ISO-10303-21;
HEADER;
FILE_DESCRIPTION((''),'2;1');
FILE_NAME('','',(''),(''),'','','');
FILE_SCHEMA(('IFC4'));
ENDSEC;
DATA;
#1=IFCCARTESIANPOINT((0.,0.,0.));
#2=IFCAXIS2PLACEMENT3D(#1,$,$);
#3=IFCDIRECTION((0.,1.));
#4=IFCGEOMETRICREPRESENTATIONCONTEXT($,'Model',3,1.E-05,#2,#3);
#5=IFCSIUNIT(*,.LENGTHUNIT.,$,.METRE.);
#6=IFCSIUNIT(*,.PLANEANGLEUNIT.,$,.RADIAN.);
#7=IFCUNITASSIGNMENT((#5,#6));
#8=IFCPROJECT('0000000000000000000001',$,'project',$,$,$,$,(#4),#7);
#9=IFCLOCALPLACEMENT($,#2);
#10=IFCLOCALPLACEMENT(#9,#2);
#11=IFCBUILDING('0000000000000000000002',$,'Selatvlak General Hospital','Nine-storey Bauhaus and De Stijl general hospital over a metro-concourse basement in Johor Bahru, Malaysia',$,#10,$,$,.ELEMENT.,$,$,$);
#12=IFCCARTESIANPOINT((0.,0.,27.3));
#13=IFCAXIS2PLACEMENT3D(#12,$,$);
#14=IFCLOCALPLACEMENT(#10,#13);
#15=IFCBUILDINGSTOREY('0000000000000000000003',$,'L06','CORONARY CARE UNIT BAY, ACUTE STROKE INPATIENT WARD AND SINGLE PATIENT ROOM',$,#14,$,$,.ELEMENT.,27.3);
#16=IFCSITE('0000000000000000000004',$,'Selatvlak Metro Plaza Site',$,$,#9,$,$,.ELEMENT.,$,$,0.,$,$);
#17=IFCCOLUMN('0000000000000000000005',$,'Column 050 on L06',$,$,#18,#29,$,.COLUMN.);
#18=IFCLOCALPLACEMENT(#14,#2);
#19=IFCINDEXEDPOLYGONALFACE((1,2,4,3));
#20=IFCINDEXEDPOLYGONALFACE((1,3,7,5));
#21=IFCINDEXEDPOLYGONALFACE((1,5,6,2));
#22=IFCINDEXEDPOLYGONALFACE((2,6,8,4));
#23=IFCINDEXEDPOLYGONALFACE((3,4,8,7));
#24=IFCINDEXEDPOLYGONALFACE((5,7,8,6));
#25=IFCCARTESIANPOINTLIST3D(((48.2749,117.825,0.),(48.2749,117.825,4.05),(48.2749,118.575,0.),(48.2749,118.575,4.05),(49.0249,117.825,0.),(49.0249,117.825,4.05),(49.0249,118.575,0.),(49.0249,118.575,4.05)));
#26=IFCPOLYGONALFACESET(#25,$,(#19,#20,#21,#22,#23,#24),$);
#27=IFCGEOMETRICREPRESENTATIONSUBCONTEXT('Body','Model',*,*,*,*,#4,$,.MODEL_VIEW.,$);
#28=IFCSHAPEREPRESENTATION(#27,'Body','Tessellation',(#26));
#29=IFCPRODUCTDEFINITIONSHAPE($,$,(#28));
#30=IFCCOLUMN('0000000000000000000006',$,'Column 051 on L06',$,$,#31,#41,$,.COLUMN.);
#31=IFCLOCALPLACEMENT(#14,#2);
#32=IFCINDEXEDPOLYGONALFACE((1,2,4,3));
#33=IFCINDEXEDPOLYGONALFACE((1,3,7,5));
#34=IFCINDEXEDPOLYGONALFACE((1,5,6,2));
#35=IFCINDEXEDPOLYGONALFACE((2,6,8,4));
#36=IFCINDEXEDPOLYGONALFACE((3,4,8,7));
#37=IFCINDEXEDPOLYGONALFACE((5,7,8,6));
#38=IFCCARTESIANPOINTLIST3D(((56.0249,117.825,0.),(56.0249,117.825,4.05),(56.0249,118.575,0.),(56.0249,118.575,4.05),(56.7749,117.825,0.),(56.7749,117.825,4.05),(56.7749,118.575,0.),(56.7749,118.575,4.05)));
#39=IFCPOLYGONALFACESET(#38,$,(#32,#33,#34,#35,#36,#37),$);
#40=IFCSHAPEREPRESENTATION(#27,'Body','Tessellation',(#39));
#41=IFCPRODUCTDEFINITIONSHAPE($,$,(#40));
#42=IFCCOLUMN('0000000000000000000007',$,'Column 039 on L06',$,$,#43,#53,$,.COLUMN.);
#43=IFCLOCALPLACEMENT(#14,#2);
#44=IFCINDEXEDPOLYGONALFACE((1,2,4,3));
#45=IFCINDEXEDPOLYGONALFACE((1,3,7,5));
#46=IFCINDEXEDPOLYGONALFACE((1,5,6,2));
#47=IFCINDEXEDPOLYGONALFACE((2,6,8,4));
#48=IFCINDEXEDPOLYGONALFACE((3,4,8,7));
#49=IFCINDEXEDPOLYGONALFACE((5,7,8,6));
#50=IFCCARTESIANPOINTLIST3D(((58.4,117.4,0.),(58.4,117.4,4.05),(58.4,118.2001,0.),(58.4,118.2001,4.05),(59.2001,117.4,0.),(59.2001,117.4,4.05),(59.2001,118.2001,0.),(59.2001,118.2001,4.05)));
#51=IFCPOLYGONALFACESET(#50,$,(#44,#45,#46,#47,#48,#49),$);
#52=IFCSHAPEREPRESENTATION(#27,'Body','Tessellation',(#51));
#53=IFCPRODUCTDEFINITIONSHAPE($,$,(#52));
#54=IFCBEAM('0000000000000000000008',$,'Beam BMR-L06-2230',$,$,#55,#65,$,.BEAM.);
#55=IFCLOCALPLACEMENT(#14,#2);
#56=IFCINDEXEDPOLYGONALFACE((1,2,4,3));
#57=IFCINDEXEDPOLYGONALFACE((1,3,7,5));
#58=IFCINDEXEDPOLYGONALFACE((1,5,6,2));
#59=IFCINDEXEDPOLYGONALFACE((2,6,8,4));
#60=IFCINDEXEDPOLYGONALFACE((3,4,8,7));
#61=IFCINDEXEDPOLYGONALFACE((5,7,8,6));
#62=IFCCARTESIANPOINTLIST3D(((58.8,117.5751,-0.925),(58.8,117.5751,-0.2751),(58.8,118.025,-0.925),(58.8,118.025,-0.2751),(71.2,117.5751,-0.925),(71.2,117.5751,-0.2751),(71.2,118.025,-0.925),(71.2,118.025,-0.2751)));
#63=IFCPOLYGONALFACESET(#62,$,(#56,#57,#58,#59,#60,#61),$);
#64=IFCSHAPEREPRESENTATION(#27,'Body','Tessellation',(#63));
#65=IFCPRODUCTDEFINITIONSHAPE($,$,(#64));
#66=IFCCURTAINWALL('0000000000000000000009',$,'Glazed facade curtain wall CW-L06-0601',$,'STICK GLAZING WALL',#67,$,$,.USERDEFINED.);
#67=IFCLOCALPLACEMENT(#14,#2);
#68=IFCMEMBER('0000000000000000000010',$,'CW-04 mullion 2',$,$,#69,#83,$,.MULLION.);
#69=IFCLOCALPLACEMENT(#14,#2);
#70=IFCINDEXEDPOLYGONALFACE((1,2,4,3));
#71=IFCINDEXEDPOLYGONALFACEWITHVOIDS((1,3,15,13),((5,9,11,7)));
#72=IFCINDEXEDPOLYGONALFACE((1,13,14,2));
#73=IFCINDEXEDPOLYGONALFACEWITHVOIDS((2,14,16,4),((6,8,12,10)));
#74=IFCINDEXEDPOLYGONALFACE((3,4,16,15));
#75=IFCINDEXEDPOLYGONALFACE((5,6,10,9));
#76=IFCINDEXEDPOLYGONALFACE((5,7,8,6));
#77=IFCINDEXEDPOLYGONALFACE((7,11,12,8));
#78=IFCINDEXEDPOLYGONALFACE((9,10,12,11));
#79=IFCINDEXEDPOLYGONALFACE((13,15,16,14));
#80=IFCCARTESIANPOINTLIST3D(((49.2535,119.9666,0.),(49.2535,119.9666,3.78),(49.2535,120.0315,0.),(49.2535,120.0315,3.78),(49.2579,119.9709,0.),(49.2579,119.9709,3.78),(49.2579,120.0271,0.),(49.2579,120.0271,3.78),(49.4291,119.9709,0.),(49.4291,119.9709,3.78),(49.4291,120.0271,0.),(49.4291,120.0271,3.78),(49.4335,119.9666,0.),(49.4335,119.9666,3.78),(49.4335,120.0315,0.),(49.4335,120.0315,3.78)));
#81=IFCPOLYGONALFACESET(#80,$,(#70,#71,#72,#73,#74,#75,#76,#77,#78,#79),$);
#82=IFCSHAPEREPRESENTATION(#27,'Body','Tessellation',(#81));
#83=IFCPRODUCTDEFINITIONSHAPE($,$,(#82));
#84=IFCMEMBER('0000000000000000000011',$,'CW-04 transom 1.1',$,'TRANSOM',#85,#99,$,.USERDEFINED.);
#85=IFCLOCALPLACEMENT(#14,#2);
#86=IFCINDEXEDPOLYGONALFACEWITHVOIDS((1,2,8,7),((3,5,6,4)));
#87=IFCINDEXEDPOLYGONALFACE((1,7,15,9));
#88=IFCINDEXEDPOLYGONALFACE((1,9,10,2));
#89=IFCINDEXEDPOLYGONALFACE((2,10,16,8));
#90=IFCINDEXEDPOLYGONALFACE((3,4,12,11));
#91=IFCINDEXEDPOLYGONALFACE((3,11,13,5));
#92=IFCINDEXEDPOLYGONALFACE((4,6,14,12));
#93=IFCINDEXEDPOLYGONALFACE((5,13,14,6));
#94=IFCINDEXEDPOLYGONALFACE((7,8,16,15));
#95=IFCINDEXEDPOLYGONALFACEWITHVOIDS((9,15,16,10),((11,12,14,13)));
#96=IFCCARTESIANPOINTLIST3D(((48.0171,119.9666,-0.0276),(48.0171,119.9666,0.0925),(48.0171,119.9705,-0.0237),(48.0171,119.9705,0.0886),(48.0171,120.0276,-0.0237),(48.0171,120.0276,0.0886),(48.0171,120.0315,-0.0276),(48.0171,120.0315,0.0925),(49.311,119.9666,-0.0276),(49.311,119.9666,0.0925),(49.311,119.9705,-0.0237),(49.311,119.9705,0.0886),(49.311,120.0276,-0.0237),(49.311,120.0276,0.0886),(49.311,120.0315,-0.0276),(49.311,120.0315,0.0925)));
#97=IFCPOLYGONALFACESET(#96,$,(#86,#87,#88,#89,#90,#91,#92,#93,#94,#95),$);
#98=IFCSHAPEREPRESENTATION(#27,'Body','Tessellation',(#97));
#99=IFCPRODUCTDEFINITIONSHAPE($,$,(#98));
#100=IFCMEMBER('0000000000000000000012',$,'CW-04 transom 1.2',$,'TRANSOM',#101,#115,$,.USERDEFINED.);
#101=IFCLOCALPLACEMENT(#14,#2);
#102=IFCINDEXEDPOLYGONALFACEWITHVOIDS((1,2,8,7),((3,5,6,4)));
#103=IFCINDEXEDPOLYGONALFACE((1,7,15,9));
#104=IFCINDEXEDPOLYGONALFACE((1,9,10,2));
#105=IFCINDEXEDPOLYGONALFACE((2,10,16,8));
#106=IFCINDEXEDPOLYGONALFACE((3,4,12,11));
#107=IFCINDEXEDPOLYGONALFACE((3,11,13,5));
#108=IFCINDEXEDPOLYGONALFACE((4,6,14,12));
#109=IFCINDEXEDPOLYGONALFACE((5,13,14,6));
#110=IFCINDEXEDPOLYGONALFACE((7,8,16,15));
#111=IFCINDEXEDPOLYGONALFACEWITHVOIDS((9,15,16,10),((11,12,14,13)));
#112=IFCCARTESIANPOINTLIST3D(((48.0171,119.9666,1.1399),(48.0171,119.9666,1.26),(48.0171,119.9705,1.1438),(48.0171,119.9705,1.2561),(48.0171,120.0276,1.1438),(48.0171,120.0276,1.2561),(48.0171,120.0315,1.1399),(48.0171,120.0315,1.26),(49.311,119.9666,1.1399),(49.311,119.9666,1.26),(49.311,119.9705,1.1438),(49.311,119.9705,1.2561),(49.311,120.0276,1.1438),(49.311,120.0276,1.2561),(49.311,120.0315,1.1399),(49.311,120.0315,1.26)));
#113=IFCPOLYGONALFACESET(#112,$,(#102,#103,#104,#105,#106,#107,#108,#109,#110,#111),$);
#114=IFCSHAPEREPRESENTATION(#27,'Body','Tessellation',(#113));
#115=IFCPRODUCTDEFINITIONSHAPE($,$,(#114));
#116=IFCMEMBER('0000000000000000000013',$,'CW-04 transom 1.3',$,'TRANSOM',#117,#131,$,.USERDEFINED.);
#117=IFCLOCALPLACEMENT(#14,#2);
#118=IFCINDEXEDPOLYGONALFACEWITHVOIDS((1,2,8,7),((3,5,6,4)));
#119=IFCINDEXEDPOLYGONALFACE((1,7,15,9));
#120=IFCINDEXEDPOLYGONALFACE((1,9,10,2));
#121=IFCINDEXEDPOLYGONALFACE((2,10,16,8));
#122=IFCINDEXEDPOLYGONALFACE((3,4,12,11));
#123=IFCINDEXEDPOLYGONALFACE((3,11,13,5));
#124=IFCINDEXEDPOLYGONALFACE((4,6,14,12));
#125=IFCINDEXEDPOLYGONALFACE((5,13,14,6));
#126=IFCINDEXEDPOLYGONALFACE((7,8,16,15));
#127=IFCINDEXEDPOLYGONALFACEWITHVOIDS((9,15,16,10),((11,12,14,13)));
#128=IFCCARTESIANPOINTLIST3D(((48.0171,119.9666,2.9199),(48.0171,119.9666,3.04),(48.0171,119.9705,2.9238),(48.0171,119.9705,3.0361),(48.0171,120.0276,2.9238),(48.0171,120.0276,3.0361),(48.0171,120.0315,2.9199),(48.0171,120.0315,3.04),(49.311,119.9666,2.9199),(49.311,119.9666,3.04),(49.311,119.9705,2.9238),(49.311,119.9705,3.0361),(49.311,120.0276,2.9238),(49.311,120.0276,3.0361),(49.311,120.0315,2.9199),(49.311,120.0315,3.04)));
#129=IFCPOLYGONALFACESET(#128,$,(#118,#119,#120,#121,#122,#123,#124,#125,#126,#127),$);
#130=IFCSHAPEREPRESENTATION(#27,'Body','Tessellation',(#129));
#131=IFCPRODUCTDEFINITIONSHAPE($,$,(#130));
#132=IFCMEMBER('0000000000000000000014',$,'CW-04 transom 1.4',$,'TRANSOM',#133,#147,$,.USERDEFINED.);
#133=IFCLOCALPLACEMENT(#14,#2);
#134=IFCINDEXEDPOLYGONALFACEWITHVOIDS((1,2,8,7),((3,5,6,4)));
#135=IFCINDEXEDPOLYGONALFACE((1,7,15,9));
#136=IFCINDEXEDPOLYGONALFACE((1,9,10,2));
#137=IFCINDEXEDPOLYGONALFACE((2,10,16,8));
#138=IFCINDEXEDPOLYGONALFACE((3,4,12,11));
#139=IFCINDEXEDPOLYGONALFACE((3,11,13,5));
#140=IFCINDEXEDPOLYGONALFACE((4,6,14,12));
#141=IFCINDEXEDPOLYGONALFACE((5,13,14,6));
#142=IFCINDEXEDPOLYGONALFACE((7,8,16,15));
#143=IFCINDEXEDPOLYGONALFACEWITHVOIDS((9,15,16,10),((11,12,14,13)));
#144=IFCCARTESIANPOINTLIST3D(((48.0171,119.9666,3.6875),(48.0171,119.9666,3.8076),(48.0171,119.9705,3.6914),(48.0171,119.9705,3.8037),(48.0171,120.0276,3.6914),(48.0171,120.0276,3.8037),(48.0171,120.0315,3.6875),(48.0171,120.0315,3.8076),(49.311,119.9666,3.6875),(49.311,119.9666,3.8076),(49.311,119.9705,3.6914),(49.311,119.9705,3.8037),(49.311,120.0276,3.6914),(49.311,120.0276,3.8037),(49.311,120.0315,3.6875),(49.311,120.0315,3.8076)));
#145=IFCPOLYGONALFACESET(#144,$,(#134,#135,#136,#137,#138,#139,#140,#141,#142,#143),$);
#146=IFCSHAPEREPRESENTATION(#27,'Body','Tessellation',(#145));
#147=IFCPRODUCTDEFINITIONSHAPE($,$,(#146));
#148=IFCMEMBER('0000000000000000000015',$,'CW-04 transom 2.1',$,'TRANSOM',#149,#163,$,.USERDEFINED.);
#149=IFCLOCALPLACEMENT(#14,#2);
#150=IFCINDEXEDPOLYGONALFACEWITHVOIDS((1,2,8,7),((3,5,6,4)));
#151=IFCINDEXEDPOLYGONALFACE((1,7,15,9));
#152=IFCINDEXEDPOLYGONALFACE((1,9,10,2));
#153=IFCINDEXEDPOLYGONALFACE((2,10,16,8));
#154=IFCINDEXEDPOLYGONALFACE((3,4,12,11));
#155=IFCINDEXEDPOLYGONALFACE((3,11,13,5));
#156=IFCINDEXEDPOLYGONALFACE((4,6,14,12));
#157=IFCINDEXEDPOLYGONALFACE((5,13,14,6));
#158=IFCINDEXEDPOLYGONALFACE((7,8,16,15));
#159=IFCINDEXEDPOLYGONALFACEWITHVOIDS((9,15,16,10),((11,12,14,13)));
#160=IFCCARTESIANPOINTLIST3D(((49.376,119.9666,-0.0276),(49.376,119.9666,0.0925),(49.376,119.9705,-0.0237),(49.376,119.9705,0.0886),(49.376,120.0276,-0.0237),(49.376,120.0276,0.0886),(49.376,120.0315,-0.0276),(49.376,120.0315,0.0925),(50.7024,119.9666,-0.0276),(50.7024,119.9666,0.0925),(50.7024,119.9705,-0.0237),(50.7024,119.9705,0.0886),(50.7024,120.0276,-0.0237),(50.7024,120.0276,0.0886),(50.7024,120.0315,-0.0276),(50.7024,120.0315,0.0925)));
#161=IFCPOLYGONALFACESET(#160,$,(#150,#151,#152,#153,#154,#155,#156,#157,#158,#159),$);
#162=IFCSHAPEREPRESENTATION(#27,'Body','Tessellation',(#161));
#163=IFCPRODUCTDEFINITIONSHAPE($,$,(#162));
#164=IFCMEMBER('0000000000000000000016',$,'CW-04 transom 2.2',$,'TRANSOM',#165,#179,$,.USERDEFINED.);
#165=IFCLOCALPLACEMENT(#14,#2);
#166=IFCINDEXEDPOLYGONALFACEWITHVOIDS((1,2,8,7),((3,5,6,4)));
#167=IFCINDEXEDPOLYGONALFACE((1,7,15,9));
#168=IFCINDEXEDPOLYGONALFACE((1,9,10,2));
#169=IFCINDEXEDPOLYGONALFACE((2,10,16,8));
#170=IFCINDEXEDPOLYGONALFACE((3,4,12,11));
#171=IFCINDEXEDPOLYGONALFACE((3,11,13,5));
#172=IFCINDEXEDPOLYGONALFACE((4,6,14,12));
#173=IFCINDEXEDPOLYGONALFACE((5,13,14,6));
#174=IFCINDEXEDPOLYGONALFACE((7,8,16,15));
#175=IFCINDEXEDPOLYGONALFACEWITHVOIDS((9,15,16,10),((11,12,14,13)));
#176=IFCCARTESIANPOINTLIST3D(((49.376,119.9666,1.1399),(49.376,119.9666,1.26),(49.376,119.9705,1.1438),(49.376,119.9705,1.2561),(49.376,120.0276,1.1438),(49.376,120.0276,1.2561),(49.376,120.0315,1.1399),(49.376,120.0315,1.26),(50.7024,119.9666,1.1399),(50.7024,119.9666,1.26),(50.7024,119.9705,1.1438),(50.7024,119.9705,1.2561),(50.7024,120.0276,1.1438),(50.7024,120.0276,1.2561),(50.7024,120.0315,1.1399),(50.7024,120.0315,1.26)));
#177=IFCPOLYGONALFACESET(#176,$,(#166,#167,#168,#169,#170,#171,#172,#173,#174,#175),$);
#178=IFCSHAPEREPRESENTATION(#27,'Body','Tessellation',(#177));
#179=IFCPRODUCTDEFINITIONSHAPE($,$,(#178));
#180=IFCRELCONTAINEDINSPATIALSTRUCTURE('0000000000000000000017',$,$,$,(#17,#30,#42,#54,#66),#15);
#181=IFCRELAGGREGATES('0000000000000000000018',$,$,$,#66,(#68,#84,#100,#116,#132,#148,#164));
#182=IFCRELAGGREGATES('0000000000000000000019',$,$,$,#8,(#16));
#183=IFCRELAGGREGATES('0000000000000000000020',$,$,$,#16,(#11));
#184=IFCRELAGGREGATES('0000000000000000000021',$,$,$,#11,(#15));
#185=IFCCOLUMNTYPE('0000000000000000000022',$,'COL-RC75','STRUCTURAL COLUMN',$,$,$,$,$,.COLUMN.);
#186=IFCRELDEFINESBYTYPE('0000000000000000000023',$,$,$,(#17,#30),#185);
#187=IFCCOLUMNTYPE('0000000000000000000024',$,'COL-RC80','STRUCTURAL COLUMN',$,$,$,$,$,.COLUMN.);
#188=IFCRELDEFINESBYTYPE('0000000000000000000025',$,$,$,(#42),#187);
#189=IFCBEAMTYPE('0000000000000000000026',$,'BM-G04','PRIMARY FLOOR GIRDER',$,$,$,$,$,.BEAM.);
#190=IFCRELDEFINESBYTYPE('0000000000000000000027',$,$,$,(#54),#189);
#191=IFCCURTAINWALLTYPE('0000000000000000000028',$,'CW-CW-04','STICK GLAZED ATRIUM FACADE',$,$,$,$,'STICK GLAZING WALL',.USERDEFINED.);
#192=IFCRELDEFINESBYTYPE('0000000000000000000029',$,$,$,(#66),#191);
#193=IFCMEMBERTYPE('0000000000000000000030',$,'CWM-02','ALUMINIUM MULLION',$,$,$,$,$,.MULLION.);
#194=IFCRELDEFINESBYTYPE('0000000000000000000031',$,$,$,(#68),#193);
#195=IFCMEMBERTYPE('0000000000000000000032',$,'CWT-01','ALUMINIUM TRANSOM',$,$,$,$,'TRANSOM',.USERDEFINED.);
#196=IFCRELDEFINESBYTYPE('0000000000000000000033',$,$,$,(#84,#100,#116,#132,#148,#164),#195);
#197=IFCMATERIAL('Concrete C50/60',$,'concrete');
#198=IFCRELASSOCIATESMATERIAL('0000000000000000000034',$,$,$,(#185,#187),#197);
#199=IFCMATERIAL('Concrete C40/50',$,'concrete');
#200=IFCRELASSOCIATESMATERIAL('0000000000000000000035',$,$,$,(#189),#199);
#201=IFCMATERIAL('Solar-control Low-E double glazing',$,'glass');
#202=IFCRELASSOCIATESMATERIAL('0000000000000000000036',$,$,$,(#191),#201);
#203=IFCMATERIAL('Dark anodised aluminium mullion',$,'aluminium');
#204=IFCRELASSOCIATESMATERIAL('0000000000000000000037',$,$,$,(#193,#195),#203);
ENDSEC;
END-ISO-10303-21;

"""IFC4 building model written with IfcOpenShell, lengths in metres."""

from ifc_helpers import new_model, si_unit, direction, frame, origin, origin_2d, place, context, subcontext, project, spatial, rectangle, hollow_rectangle, extrude, material, material_profile, profile_set, type_object, element, aggregate, save


model = new_model("IFC4")

# Units and contexts
model_context = context("Model", 3, precision=1e-05, world=origin(), true_north=direction((0.0, 1.0)))
body_context = subcontext(model_context, "Body", "Model", "MODEL_VIEW")
ifc_project = project(units=[si_unit("LENGTHUNIT", "METRE"), si_unit("PLANEANGLEUNIT", "RADIAN")], contexts=[model_context])

# Site, building, storey
site_placement = place(None, origin())
site = spatial("IfcSite", under=ifc_project, at=site_placement, Name="Selatvlak Metro Plaza Site", CompositionType="ELEMENT", RefElevation=0.0)
building_placement = place(site_placement, origin())
building = spatial("IfcBuilding", under=site, at=building_placement, Name="Selatvlak General Hospital", Description="Nine-storey Bauhaus and De Stijl general hospital over a metro-concourse basement in Johor Bahru, Malaysia", CompositionType="ELEMENT")
storey_placement = place(building_placement, frame((0.0, 0.0, 27.3)))
storey = spatial("IfcBuildingStorey", under=building, at=storey_placement, Name="L06", Description="CORONARY CARE UNIT BAY, ACUTE STROKE INPATIENT WARD AND SINGLE PATIENT ROOM", CompositionType="ELEMENT", Elevation=27.3)

# Columns
ifc_material_1 = material(Name="Concrete C50/60", Category="concrete")
ifc_material_profile_1 = material_profile(ifc_material_1, rectangle(XDim=0.75, YDim=0.75, at=origin_2d()), Name="RC-COL 750x750")
ifc_profile_set_1 = profile_set([ifc_material_profile_1], Name="Concrete C50/60")
column_type_1 = type_object("IfcColumnType", Name="COL-RC75", Description="STRUCTURAL COLUMN", PredefinedType="COLUMN", material=ifc_profile_set_1)
for number, where, z_axis, x_axis, name in (
    (1, (48.6499, 118.2, 0.0), (0.0, 0.0, 1.0), (1.0, 0.0, 0.0), "Column 050 on L06"),
    (2, (56.3999, 118.2, 0.0), (0.0, 0.0, 1.0), (1.0, 0.0, 0.0), "Column 051 on L06"),
):
    element("IfcColumn", number, at=place(storey_placement, frame(where, z_axis=z_axis, x_axis=x_axis)), inside=storey, type_object=column_type_1, Name=name, PredefinedType="COLUMN", context=body_context, shape_type="SweptSolid", body=[
        extrude(rectangle(XDim=0.75, YDim=0.75, at=origin_2d()), origin(), (0.0, 0.0, 1.0), 4.05),
    ])
ifc_material_profile_2 = material_profile(ifc_material_1, rectangle(XDim=0.8, YDim=0.8, at=origin_2d()), Name="RC-COL 800x800")
ifc_profile_set_2 = profile_set([ifc_material_profile_2], Name="Concrete C50/60")
column_type_2 = type_object("IfcColumnType", Name="COL-RC80", Description="STRUCTURAL COLUMN", PredefinedType="COLUMN", material=ifc_profile_set_2)
column_placement = place(storey_placement, frame((58.8, 117.8, 0.0), z_axis=(0.0, 0.0, 1.0), x_axis=(1.0, 0.0, 0.0)))
element("IfcColumn", 3, at=column_placement, inside=storey, type_object=column_type_2, Name="Column 039 on L06", PredefinedType="COLUMN", context=body_context, shape_type="SweptSolid", body=[
    extrude(rectangle(XDim=0.8, YDim=0.8, at=origin_2d()), origin(), (0.0, 0.0, 1.0), 4.05),
])

# Beam
ifc_material_2 = material(Name="Concrete C40/50", Category="concrete")
ifc_material_profile_3 = material_profile(ifc_material_2, rectangle(XDim=0.45, YDim=0.6499, at=origin_2d()), Name="RC-BM 450x650")
ifc_profile_set_3 = profile_set([ifc_material_profile_3], Name="Concrete C40/50")
beam_type = type_object("IfcBeamType", Name="BM-G04", Description="PRIMARY FLOOR GIRDER", PredefinedType="BEAM", material=ifc_profile_set_3)
beam_placement = place(storey_placement, frame((58.8, 117.8, -0.6001), z_axis=(1.0, 0.0, 0.0), x_axis=(0.0, 1.0, 0.0)))
element("IfcBeam", 4, at=beam_placement, inside=storey, type_object=beam_type, Name="Beam BMR-L06-2230", PredefinedType="BEAM", context=body_context, shape_type="SweptSolid", body=[
    extrude(rectangle(XDim=0.45, YDim=0.6499, at=origin_2d()), origin(), (0.0, 0.0, 1.0), 12.3999),
])

# Curtain wall, members
ifc_material_3 = material(Name="Solar-control Low-E double glazing", Category="glass")
curtain_wall_type = type_object("IfcCurtainWallType", Name="CW-CW-04", Description="STICK GLAZED ATRIUM FACADE", ElementType="STICK GLAZING WALL", PredefinedType="USERDEFINED", material=ifc_material_3)
curtain_wall_placement = place(storey_placement, origin())
curtain_wall = element("IfcCurtainWall", 5, at=curtain_wall_placement, inside=storey, type_object=curtain_wall_type, Name="Glazed facade curtain wall CW-L06-0601", ObjectType="STICK GLAZING WALL", PredefinedType="USERDEFINED")
ifc_material_4 = material(Name="Dark anodised aluminium mullion", Category="aluminium")
ifc_material_profile_4 = material_profile(ifc_material_4, hollow_rectangle(XDim=0.0649, YDim=0.1799, WallThickness=0.0044, at=origin_2d()), Name="AL-MUL 65x180x4.5")
ifc_profile_set_4 = profile_set([ifc_material_profile_4], Name="Dark anodised aluminium mullion")
member_type_1 = type_object("IfcMemberType", Name="CWM-02", Description="ALUMINIUM MULLION", PredefinedType="MULLION", material=ifc_profile_set_4)
member_1_placement = place(storey_placement, frame((49.3435, 119.999, 0.0), z_axis=(0.0, 0.0, 1.0), x_axis=(0.0, 1.0, 0.0)))
member_1 = element("IfcMember", 6, at=member_1_placement, type_object=member_type_1, Name="CW-04 mullion 2", PredefinedType="MULLION", context=body_context, shape_type="SweptSolid", body=[
    extrude(hollow_rectangle(XDim=0.0649, YDim=0.1799, WallThickness=0.0044, at=origin_2d()), origin(), (0.0, 0.0, 1.0), 3.78),
])
ifc_material_profile_5 = material_profile(ifc_material_4, hollow_rectangle(XDim=0.0649, YDim=0.1201, WallThickness=0.0039, at=origin_2d()), Name="AL-TRN 65x120x4")
ifc_profile_set_5 = profile_set([ifc_material_profile_5], Name="Dark anodised aluminium mullion")
member_type_2 = type_object("IfcMemberType", Name="CWT-01", Description="ALUMINIUM TRANSOM", ElementType="TRANSOM", PredefinedType="USERDEFINED", material=ifc_profile_set_5)
member_2_placement = place(storey_placement, frame((48.0171, 119.999, 0.0325), z_axis=(1.0, 0.0, 0.0), x_axis=(0.0, 1.0, 0.0)))
member_2 = element("IfcMember", 7, at=member_2_placement, type_object=member_type_2, Name="CW-04 transom 1.1", ObjectType="TRANSOM", PredefinedType="USERDEFINED", context=body_context, shape_type="SweptSolid", body=[
    extrude(hollow_rectangle(XDim=0.0649, YDim=0.1201, WallThickness=0.0039, at=origin_2d()), origin(), (0.0, 0.0, 1.0), 1.2939),
])
member_3_placement = place(storey_placement, frame((48.0171, 119.999, 1.2), z_axis=(1.0, 0.0, 0.0), x_axis=(0.0, 1.0, 0.0)))
member_3 = element("IfcMember", 8, at=member_3_placement, type_object=member_type_2, Name="CW-04 transom 1.2", ObjectType="TRANSOM", PredefinedType="USERDEFINED", context=body_context, shape_type="SweptSolid", body=[
    extrude(hollow_rectangle(XDim=0.0649, YDim=0.1201, WallThickness=0.0039, at=origin_2d()), origin(), (0.0, 0.0, 1.0), 1.2939),
])
member_4_placement = place(storey_placement, frame((48.0171, 119.999, 2.98), z_axis=(1.0, 0.0, 0.0), x_axis=(0.0, 1.0, 0.0)))
member_4 = element("IfcMember", 9, at=member_4_placement, type_object=member_type_2, Name="CW-04 transom 1.3", ObjectType="TRANSOM", PredefinedType="USERDEFINED", context=body_context, shape_type="SweptSolid", body=[
    extrude(hollow_rectangle(XDim=0.0649, YDim=0.1201, WallThickness=0.0039, at=origin_2d()), origin(), (0.0, 0.0, 1.0), 1.2939),
])
member_5_placement = place(storey_placement, frame((48.0171, 119.999, 3.7476), z_axis=(1.0, 0.0, 0.0), x_axis=(0.0, 1.0, 0.0)))
member_5 = element("IfcMember", 10, at=member_5_placement, type_object=member_type_2, Name="CW-04 transom 1.4", ObjectType="TRANSOM", PredefinedType="USERDEFINED", context=body_context, shape_type="SweptSolid", body=[
    extrude(hollow_rectangle(XDim=0.0649, YDim=0.1201, WallThickness=0.0039, at=origin_2d()), origin(), (0.0, 0.0, 1.0), 1.2939),
])
member_6_placement = place(storey_placement, frame((49.376, 119.999, 0.0325), z_axis=(1.0, 0.0, 0.0), x_axis=(0.0, 1.0, 0.0)))
member_6 = element("IfcMember", 11, at=member_6_placement, type_object=member_type_2, Name="CW-04 transom 2.1", ObjectType="TRANSOM", PredefinedType="USERDEFINED", context=body_context, shape_type="SweptSolid", body=[
    extrude(hollow_rectangle(XDim=0.0649, YDim=0.1201, WallThickness=0.0039, at=origin_2d()), origin(), (0.0, 0.0, 1.0), 1.3264),
])
member_7_placement = place(storey_placement, frame((49.376, 119.999, 1.2), z_axis=(1.0, 0.0, 0.0), x_axis=(0.0, 1.0, 0.0)))
member_7 = element("IfcMember", 12, at=member_7_placement, type_object=member_type_2, Name="CW-04 transom 2.2", ObjectType="TRANSOM", PredefinedType="USERDEFINED", context=body_context, shape_type="SweptSolid", body=[
    extrude(hollow_rectangle(XDim=0.0649, YDim=0.1201, WallThickness=0.0039, at=origin_2d()), origin(), (0.0, 0.0, 1.0), 1.3264),
])
aggregate(curtain_wall, [member_1, member_2, member_3, member_4, member_5, member_6, member_7])

save(model, "model.ifc")
